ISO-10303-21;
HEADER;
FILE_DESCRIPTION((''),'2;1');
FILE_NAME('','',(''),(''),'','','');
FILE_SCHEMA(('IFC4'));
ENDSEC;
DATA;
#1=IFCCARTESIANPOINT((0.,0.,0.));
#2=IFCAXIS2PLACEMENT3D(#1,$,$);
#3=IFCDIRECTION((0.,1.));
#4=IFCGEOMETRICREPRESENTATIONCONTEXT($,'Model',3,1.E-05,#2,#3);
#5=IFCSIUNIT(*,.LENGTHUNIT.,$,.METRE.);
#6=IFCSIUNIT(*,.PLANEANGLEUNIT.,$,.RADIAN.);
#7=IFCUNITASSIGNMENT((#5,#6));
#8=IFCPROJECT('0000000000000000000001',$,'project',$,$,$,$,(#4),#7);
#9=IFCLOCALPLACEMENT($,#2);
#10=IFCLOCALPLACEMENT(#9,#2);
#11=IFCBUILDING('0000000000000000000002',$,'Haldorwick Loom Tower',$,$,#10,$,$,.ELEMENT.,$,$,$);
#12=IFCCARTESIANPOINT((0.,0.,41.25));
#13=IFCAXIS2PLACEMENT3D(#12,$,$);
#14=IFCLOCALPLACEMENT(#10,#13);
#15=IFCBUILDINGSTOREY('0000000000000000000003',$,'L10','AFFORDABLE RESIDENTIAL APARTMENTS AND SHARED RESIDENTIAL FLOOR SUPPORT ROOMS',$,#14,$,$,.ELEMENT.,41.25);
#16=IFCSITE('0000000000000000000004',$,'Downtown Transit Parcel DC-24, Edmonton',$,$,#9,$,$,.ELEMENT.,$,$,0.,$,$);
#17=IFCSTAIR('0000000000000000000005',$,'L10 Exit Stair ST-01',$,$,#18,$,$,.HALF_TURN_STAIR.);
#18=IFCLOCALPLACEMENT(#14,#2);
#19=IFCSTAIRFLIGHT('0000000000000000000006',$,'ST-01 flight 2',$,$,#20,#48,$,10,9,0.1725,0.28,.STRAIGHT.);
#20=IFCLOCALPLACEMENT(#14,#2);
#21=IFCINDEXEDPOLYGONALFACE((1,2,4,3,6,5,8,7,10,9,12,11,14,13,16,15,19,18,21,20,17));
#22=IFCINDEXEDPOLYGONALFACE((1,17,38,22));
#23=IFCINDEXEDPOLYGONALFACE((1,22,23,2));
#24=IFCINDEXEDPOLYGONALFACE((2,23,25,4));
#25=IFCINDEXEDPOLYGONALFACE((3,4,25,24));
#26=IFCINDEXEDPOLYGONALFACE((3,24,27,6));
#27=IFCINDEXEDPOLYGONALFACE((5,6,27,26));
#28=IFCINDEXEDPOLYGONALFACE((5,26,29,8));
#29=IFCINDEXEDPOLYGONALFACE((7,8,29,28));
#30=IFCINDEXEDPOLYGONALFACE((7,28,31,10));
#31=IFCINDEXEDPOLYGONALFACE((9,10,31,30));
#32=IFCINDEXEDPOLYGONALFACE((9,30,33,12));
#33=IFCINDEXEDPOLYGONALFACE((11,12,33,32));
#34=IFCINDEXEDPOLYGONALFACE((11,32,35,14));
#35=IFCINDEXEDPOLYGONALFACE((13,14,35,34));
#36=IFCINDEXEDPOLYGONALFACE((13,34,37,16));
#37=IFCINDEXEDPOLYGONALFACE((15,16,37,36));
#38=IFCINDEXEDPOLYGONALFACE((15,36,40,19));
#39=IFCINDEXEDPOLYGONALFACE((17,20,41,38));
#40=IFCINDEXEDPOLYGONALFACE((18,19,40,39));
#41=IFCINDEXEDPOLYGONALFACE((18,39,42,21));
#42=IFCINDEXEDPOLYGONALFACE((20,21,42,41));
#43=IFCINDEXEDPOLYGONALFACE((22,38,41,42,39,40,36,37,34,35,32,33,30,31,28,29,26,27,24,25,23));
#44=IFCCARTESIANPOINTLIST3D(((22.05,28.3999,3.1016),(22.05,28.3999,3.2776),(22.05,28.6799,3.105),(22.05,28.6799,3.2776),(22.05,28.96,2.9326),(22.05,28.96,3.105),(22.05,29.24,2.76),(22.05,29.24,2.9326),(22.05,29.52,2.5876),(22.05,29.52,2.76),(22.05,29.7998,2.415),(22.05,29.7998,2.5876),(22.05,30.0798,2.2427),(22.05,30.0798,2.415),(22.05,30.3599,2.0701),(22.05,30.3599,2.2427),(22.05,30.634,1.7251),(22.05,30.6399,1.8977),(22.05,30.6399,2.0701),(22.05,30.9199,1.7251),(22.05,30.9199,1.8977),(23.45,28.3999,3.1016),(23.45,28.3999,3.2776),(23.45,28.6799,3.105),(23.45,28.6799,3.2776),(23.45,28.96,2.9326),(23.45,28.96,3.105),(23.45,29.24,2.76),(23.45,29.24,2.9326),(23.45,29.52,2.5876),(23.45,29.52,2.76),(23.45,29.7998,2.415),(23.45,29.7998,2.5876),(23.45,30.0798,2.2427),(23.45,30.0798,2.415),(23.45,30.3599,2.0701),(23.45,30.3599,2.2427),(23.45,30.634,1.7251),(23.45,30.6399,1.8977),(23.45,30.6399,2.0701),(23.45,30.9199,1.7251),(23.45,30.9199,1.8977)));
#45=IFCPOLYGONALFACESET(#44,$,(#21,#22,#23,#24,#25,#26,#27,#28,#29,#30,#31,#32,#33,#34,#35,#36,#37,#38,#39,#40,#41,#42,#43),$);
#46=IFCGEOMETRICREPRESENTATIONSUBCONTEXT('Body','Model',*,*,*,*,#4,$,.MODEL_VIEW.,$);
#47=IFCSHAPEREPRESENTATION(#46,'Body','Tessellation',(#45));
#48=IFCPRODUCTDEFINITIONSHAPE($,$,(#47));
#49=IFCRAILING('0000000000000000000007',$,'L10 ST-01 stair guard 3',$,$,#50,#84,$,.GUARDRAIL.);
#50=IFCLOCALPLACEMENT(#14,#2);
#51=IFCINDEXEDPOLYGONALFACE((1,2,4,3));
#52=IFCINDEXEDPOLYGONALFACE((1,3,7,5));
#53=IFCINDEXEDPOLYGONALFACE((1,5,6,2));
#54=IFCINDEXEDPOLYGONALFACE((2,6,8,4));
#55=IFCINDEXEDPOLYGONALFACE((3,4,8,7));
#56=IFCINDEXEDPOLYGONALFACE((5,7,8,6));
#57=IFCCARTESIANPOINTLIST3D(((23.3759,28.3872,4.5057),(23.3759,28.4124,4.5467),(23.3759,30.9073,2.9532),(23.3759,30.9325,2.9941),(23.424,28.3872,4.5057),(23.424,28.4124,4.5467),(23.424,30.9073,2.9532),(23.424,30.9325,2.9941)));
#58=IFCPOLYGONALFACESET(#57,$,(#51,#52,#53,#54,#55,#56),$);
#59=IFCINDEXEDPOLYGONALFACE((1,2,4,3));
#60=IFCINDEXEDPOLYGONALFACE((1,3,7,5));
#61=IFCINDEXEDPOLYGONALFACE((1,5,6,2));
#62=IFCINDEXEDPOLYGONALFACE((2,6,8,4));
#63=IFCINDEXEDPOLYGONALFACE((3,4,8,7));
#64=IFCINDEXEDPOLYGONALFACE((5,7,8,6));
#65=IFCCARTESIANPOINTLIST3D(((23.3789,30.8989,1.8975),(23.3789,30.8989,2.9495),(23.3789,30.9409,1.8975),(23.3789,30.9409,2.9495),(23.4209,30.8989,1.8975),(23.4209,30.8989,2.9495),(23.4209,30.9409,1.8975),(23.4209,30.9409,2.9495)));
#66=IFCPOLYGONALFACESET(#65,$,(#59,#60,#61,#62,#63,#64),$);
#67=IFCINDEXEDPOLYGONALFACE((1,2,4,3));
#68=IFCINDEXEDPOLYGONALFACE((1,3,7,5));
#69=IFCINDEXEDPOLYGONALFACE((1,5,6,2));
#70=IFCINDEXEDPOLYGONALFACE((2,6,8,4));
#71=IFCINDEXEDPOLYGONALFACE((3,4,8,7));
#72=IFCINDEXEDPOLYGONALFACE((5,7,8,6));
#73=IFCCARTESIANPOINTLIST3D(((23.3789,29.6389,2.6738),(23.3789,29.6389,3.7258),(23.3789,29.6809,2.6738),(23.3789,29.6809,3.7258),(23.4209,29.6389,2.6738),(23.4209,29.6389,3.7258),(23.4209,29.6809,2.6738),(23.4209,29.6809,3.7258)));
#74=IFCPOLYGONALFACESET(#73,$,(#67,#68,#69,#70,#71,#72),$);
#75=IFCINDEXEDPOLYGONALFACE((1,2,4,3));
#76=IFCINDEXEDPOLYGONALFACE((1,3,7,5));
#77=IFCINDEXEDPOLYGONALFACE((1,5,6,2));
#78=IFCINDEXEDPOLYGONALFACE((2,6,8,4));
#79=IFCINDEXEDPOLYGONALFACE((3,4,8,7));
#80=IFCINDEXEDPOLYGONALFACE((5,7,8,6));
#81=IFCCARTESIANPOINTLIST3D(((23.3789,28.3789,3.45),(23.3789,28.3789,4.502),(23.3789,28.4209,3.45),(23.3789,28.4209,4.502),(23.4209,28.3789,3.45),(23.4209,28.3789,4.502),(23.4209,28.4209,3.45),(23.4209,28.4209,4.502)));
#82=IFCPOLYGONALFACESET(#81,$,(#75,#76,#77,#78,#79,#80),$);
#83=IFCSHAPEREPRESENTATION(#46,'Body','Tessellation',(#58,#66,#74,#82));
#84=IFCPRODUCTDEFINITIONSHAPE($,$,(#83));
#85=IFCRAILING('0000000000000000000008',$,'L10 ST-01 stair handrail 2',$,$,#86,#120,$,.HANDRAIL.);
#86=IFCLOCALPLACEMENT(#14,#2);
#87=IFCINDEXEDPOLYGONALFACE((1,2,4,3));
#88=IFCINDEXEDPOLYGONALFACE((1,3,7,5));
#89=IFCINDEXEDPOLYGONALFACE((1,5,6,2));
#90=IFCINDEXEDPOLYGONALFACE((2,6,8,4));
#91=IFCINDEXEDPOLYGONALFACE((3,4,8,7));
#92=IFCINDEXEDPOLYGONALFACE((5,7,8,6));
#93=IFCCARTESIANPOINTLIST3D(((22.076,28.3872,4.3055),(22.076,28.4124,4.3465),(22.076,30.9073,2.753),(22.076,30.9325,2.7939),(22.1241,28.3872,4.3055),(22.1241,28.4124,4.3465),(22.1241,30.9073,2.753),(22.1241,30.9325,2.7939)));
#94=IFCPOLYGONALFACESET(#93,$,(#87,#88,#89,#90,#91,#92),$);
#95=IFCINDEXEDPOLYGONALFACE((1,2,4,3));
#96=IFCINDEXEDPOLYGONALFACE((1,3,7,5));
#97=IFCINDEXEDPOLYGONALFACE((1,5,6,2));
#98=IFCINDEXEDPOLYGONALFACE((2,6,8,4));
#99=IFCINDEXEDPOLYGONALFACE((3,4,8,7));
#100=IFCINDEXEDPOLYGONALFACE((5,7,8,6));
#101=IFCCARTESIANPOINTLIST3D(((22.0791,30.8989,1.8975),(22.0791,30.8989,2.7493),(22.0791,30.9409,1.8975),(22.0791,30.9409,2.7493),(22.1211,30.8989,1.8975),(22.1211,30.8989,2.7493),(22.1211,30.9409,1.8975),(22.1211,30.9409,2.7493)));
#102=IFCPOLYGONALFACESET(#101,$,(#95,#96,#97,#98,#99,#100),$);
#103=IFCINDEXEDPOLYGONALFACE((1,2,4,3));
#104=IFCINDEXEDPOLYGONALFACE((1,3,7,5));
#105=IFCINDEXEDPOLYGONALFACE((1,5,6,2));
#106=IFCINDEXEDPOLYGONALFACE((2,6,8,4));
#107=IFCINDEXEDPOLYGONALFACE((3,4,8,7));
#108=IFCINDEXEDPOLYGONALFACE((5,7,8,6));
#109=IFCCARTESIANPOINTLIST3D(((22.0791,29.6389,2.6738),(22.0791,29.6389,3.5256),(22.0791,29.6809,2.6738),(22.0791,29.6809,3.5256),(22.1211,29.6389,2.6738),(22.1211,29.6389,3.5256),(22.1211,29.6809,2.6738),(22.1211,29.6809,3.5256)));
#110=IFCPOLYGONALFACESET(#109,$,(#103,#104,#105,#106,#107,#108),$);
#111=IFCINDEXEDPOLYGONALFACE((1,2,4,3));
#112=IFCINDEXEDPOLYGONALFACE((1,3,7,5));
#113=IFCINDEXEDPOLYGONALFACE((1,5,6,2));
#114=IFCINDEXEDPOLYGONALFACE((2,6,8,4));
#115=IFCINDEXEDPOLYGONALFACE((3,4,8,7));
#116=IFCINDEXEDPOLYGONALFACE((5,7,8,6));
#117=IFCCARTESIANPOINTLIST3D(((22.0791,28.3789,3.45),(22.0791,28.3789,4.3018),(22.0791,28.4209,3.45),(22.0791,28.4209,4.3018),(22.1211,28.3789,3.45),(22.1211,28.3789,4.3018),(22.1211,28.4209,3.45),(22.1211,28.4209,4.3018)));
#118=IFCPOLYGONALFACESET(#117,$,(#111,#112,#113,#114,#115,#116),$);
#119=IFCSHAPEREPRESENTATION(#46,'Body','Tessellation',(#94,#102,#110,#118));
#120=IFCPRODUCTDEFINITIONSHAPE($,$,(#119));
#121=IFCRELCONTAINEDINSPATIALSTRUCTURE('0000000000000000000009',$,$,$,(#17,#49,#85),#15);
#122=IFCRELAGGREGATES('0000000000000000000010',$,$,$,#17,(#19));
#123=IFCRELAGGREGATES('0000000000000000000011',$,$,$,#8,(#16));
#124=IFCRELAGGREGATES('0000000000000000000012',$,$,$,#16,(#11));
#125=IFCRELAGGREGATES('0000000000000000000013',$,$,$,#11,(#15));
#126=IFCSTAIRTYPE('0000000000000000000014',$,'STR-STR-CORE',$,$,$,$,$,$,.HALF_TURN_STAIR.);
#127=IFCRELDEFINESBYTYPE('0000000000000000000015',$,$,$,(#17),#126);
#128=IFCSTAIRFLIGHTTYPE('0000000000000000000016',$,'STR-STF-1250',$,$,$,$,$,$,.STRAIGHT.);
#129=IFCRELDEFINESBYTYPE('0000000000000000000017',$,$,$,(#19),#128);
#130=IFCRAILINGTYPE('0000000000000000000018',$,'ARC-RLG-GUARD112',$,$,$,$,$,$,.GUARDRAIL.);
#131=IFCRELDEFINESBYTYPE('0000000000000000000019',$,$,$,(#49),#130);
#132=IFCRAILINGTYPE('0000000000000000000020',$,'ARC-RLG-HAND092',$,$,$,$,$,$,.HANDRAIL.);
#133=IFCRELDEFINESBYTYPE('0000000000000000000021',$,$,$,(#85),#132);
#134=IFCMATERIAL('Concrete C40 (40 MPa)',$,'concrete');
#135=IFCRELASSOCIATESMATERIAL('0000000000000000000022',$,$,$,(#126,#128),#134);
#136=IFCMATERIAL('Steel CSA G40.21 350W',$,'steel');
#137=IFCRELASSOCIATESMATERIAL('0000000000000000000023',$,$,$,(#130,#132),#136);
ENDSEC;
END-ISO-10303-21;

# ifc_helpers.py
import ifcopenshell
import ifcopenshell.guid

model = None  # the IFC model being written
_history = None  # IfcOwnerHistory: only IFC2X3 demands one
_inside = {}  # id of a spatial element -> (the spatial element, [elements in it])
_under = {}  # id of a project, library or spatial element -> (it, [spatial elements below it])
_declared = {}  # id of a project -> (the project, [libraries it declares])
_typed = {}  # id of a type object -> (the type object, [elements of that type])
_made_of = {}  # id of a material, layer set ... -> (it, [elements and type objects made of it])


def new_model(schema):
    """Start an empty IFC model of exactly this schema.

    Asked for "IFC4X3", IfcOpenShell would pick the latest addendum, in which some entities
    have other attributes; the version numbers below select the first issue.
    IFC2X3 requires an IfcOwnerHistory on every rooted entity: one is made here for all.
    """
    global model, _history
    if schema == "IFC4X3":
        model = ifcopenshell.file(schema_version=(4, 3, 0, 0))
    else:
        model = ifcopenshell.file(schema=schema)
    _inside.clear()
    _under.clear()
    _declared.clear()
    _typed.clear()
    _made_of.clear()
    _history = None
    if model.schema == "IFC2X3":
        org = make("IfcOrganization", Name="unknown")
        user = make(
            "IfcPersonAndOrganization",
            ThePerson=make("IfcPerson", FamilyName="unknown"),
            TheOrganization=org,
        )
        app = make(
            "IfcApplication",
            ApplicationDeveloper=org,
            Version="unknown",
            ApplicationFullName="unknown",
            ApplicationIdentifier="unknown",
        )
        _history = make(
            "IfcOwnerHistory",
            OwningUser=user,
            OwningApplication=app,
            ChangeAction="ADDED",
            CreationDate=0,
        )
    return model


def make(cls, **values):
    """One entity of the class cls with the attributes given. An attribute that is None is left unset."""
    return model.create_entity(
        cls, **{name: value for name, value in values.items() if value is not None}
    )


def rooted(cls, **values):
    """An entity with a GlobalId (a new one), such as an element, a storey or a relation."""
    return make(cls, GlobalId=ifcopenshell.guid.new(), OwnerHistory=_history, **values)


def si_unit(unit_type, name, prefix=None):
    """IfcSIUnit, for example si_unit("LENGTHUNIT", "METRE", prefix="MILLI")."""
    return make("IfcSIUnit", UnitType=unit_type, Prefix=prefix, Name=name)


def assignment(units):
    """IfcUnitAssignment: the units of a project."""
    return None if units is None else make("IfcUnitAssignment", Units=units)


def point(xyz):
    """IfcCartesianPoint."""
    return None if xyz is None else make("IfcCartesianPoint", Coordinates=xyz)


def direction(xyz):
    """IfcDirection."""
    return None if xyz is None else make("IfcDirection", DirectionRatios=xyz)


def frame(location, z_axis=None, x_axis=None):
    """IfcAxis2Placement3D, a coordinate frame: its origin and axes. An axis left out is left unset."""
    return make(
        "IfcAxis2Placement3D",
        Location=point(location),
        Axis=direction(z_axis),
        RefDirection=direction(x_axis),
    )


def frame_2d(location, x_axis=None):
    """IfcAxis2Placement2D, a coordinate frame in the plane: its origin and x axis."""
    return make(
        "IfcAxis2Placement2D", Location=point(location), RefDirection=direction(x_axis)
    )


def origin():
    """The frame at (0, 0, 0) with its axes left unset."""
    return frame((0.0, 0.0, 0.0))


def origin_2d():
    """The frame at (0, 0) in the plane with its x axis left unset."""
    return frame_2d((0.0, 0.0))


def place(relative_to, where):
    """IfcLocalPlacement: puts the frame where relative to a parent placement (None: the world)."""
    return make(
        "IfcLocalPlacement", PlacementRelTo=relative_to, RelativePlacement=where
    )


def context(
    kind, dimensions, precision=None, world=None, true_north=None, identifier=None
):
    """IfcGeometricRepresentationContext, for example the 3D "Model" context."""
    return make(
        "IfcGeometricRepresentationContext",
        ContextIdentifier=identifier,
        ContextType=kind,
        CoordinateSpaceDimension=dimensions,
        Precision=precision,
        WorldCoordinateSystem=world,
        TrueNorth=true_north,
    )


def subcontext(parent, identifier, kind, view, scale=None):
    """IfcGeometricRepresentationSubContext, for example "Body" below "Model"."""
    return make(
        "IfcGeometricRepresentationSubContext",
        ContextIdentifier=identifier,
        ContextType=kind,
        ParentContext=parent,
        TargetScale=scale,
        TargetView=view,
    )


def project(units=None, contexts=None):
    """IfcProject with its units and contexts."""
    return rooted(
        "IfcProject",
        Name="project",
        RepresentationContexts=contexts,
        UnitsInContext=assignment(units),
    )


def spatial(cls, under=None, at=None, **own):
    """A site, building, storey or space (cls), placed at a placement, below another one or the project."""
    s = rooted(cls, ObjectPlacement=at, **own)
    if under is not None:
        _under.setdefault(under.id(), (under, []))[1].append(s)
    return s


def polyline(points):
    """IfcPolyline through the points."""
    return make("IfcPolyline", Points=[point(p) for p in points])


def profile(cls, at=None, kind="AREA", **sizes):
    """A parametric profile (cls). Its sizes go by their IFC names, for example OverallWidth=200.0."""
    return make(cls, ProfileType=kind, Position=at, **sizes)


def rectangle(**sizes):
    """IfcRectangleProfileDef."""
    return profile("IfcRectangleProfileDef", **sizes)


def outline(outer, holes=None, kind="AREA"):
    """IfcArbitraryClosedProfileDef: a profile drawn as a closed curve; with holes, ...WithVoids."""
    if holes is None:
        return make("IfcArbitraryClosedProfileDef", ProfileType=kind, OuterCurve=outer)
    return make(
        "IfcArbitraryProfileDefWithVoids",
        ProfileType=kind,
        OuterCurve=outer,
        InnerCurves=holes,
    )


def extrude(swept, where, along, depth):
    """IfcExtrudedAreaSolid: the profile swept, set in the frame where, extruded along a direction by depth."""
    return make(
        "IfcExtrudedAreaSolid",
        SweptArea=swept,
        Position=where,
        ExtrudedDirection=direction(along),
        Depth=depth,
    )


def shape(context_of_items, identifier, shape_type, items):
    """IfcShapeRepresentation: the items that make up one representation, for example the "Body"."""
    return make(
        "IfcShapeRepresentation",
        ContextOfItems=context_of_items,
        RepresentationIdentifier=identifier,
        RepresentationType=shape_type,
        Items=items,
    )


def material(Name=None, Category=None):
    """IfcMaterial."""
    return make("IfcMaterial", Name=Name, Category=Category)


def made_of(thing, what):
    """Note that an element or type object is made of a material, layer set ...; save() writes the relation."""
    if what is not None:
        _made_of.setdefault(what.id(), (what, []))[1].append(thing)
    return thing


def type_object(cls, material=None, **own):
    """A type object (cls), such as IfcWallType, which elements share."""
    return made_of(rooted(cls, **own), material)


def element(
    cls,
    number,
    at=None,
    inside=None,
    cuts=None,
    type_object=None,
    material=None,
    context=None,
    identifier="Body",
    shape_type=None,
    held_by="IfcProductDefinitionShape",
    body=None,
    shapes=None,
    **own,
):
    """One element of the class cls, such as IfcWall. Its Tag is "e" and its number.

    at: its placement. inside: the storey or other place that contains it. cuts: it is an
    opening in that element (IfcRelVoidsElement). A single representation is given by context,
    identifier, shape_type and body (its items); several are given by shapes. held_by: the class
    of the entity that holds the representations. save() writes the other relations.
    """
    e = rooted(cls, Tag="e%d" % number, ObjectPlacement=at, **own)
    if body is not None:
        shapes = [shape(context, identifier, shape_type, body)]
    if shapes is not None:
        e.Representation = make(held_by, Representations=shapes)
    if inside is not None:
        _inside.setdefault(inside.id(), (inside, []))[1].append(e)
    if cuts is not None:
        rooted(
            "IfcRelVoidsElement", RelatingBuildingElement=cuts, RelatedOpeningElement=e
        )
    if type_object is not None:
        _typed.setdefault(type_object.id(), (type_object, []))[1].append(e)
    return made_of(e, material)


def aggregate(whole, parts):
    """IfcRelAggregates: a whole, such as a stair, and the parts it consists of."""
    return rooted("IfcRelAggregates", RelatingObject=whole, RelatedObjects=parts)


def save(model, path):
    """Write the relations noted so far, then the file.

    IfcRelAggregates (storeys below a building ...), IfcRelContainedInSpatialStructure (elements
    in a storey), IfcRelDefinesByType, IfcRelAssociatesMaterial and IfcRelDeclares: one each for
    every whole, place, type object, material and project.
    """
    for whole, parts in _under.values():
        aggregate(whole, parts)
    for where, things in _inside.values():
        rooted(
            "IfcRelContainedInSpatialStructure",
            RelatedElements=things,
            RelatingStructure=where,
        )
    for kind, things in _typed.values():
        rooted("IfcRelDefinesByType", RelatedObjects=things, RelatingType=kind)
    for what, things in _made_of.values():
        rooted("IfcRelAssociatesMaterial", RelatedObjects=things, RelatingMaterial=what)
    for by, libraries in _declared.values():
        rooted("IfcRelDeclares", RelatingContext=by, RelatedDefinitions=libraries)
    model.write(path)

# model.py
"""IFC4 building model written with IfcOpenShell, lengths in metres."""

from ifc_helpers import new_model, si_unit, direction, frame, origin, origin_2d, place, context, subcontext, project, spatial, polyline, rectangle, outline, extrude, material, type_object, element, aggregate, save


model = new_model("IFC4")

# Units and contexts
model_context = context("Model", 3, precision=1e-05, world=origin(), true_north=direction((0.0, 1.0)))
body_context = subcontext(model_context, "Body", "Model", "MODEL_VIEW")
ifc_project = project(units=[si_unit("LENGTHUNIT", "METRE"), si_unit("PLANEANGLEUNIT", "RADIAN")], contexts=[model_context])

# Site, building, storey
site_placement = place(None, origin())
site = spatial("IfcSite", under=ifc_project, at=site_placement, Name="Downtown Transit Parcel DC-24, Edmonton", CompositionType="ELEMENT", RefElevation=0.0)
building_placement = place(site_placement, origin())
building = spatial("IfcBuilding", under=site, at=building_placement, Name="Haldorwick Loom Tower", CompositionType="ELEMENT")
storey_placement = place(building_placement, frame((0.0, 0.0, 41.25)))
storey = spatial("IfcBuildingStorey", under=building, at=storey_placement, Name="L10", Description="AFFORDABLE RESIDENTIAL APARTMENTS AND SHARED RESIDENTIAL FLOOR SUPPORT ROOMS", CompositionType="ELEMENT", Elevation=41.25)

# Shared definitions
ifc_material_1 = material(Name="Steel CSA G40.21 350W", Category="steel")

# Stair, stair flight
ifc_material_2 = material(Name="Concrete C40 (40 MPa)", Category="concrete")
stair_type = type_object("IfcStairType", Name="STR-STR-CORE", PredefinedType="HALF_TURN_STAIR", material=ifc_material_2)
stair_placement = place(storey_placement, origin())
stair = element("IfcStair", 1, at=stair_placement, inside=storey, type_object=stair_type, Name="L10 Exit Stair ST-01", PredefinedType="HALF_TURN_STAIR")
stair_flight_type = type_object("IfcStairFlightType", Name="STR-STF-1250", PredefinedType="STRAIGHT", material=ifc_material_2)
stair_flight_placement = place(storey_placement, frame((22.75, 30.9199, 1.7251), z_axis=(0.0, 0.0, 1.0), x_axis=(0.0, -1.0, 0.0)))
stair_flight = element("IfcStairFlight", 2, at=stair_flight_placement, type_object=stair_flight_type, Name="ST-01 flight 2", NumberOfRisers=10, NumberOfTreads=9, PredefinedType="STRAIGHT", RiserHeight=0.1725, TreadLength=0.28, context=body_context, shape_type="SweptSolid", body=[
    extrude(outline(polyline([(0.0, 0.0), (0.0, 0.1726), (0.28, 0.1726), (0.28, 0.345), (0.5601, 0.345), (0.5601, 0.5176), (0.8401, 0.5176), (0.8401, 0.6899), (1.1201, 0.6899), (1.1201, 0.8625), (1.3999, 0.8625), (1.3999, 1.0349), (1.6799, 1.0349), (1.6799, 1.2075), (1.96, 1.2075), (1.96, 1.3799), (2.24, 1.3799), (2.24, 1.5525), (2.52, 1.5525), (2.52, 1.7251), (2.52, 1.3765), (0.2859, 0.0), (0.0, 0.0)])), frame((0.0, 0.7, 0.0), z_axis=(0.0, -1.0, 0.0), x_axis=(1.0, 0.0, 0.0)), (0.0, 0.0, 1.0), 1.3999),
])
aggregate(stair, [stair_flight])

# Railings
railing_type_1 = type_object("IfcRailingType", Name="ARC-RLG-GUARD112", PredefinedType="GUARDRAIL", material=ifc_material_1)
railing_1_placement = place(storey_placement, frame((23.3999, 30.9199, 1.8975)))
element("IfcRailing", 3, at=railing_1_placement, inside=storey, type_object=railing_type_1, Name="L10 ST-01 stair guard 3", PredefinedType="GUARDRAIL", context=body_context, shape_type="SweptSolid", body=[
    extrude(rectangle(XDim=0.0481, YDim=0.0481, at=origin_2d()), frame((0.0, 0.0, 1.0762), z_axis=(0.0, -0.8514, 0.524516), x_axis=(1.0, 0.0, 0.0)), (0.0, 0.0, 1.0), 2.96),
    extrude(rectangle(XDim=0.042, YDim=0.042, at=origin_2d()), origin(), (0.0, 0.0, 1.0), 1.052),
    extrude(rectangle(XDim=0.042, YDim=0.042, at=origin_2d()), frame((0.0, -1.26, 0.7764)), (0.0, 0.0, 1.0), 1.052),
    extrude(rectangle(XDim=0.042, YDim=0.042, at=origin_2d()), frame((0.0, -2.52, 1.5525)), (0.0, 0.0, 1.0), 1.052),
])
railing_type_2 = type_object("IfcRailingType", Name="ARC-RLG-HAND092", PredefinedType="HANDRAIL", material=ifc_material_1)
railing_2_placement = place(storey_placement, frame((22.1001, 30.9199, 1.8975)))
element("IfcRailing", 4, at=railing_2_placement, inside=storey, type_object=railing_type_2, Name="L10 ST-01 stair handrail 2", PredefinedType="HANDRAIL", context=body_context, shape_type="SweptSolid", body=[
    extrude(rectangle(XDim=0.0481, YDim=0.0481, at=origin_2d()), frame((0.0, 0.0, 0.876), z_axis=(0.0, -0.8514, 0.524516), x_axis=(1.0, 0.0, 0.0)), (0.0, 0.0, 1.0), 2.96),
    extrude(rectangle(XDim=0.042, YDim=0.042, at=origin_2d()), origin(), (0.0, 0.0, 1.0), 0.8518),
    extrude(rectangle(XDim=0.042, YDim=0.042, at=origin_2d()), frame((0.0, -1.26, 0.7764)), (0.0, 0.0, 1.0), 0.8518),
    extrude(rectangle(XDim=0.042, YDim=0.042, at=origin_2d()), frame((0.0, -2.52, 1.5525)), (0.0, 0.0, 1.0), 0.8518),
])

save(model, "model.ifc")
